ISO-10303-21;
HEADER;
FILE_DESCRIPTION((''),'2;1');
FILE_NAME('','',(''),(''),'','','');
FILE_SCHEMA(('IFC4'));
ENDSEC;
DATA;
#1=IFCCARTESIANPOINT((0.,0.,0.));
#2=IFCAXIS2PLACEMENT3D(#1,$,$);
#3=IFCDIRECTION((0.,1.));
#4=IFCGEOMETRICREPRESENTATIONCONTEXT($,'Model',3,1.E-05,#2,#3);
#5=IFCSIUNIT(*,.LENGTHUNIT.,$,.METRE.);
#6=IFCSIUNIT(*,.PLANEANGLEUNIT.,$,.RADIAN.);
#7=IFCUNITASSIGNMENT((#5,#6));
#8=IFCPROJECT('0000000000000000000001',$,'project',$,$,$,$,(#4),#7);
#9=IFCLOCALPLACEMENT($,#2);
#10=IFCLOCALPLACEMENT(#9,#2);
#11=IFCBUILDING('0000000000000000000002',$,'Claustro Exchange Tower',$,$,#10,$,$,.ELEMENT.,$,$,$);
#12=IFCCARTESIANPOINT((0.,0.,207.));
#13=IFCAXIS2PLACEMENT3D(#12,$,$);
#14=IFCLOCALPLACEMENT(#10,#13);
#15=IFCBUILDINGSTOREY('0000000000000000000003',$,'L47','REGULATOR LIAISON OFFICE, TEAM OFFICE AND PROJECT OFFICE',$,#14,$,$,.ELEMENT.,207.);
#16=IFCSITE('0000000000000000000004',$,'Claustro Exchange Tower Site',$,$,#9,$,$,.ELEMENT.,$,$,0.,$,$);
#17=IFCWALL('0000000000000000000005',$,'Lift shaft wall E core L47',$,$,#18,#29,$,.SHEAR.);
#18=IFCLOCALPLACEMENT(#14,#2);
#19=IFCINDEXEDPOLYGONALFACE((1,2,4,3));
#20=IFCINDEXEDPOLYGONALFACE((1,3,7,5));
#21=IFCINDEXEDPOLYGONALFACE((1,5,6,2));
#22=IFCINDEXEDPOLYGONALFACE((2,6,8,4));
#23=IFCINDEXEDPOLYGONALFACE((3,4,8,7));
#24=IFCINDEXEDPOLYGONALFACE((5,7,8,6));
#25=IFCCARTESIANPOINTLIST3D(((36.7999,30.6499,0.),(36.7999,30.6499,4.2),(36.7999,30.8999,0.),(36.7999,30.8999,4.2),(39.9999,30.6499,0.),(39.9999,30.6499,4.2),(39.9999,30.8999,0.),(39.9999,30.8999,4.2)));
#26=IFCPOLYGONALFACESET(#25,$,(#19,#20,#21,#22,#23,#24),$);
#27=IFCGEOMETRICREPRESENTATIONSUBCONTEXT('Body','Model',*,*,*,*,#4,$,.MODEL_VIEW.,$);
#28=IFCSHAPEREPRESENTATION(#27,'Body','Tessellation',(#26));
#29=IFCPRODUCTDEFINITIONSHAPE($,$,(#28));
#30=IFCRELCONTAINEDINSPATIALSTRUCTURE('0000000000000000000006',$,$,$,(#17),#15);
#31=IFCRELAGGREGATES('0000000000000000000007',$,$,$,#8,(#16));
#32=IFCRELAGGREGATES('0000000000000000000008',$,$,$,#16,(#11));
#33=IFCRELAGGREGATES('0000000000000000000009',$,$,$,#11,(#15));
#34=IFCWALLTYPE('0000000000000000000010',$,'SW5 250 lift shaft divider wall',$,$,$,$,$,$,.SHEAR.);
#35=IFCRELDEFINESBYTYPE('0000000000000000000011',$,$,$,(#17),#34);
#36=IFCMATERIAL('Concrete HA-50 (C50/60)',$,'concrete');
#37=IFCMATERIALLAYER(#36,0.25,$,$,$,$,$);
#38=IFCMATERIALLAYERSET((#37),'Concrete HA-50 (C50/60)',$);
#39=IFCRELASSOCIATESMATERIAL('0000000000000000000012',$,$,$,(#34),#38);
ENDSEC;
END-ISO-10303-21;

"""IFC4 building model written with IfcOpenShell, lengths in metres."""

from ifc_helpers import new_model, si_unit, direction, frame, frame_2d, origin, place, context, subcontext, project, spatial, rectangle, extrude, material, layer, layer_set, type_object, element, save


model = new_model("IFC4")

# Units and contexts
model_context = context("Model", 3, precision=1e-05, world=origin(), true_north=direction((0.0, 1.0)))
body_context = subcontext(model_context, "Body", "Model", "MODEL_VIEW")
ifc_project = project(units=[si_unit("LENGTHUNIT", "METRE"), si_unit("PLANEANGLEUNIT", "RADIAN")], contexts=[model_context])

# Site, building, storey
site_placement = place(None, origin())
site = spatial("IfcSite", under=ifc_project, at=site_placement, Name="Claustro Exchange Tower Site", CompositionType="ELEMENT", RefElevation=0.0)
building_placement = place(site_placement, origin())
building = spatial("IfcBuilding", under=site, at=building_placement, Name="Claustro Exchange Tower", CompositionType="ELEMENT")
storey_placement = place(building_placement, frame((0.0, 0.0, 207.0)))
storey = spatial("IfcBuildingStorey", under=building, at=storey_placement, Name="L47", Description="REGULATOR LIAISON OFFICE, TEAM OFFICE AND PROJECT OFFICE", CompositionType="ELEMENT", Elevation=207.0)

# Wall
ifc_material_1 = material(Name="Concrete HA-50 (C50/60)", Category="concrete")
ifc_layer_1 = layer(ifc_material_1, 0.25)
ifc_layer_set_1 = layer_set([ifc_layer_1], Name="Concrete HA-50 (C50/60)")
wall_type_1 = type_object("IfcWallType", Name="SW5 250 lift shaft divider wall", PredefinedType="SHEAR", material=ifc_layer_set_1)
wall_1_placement = place(storey_placement, frame((40.0, 30.7749, 0.0), z_axis=(0.0, 0.0, 1.0), x_axis=(-1.0, 0.0, 0.0)))
element("IfcWall", 1, at=wall_1_placement, inside=storey, type_object=wall_type_1, Name="Lift shaft wall E core L47", PredefinedType="SHEAR", context=body_context, shape_type="SweptSolid", body=[
    extrude(rectangle(XDim=3.2, YDim=0.25, at=frame_2d((1.6001, 0.0))), origin(), (0.0, 0.0, 1.0), 4.2),
])

save(model, "model.ifc")
